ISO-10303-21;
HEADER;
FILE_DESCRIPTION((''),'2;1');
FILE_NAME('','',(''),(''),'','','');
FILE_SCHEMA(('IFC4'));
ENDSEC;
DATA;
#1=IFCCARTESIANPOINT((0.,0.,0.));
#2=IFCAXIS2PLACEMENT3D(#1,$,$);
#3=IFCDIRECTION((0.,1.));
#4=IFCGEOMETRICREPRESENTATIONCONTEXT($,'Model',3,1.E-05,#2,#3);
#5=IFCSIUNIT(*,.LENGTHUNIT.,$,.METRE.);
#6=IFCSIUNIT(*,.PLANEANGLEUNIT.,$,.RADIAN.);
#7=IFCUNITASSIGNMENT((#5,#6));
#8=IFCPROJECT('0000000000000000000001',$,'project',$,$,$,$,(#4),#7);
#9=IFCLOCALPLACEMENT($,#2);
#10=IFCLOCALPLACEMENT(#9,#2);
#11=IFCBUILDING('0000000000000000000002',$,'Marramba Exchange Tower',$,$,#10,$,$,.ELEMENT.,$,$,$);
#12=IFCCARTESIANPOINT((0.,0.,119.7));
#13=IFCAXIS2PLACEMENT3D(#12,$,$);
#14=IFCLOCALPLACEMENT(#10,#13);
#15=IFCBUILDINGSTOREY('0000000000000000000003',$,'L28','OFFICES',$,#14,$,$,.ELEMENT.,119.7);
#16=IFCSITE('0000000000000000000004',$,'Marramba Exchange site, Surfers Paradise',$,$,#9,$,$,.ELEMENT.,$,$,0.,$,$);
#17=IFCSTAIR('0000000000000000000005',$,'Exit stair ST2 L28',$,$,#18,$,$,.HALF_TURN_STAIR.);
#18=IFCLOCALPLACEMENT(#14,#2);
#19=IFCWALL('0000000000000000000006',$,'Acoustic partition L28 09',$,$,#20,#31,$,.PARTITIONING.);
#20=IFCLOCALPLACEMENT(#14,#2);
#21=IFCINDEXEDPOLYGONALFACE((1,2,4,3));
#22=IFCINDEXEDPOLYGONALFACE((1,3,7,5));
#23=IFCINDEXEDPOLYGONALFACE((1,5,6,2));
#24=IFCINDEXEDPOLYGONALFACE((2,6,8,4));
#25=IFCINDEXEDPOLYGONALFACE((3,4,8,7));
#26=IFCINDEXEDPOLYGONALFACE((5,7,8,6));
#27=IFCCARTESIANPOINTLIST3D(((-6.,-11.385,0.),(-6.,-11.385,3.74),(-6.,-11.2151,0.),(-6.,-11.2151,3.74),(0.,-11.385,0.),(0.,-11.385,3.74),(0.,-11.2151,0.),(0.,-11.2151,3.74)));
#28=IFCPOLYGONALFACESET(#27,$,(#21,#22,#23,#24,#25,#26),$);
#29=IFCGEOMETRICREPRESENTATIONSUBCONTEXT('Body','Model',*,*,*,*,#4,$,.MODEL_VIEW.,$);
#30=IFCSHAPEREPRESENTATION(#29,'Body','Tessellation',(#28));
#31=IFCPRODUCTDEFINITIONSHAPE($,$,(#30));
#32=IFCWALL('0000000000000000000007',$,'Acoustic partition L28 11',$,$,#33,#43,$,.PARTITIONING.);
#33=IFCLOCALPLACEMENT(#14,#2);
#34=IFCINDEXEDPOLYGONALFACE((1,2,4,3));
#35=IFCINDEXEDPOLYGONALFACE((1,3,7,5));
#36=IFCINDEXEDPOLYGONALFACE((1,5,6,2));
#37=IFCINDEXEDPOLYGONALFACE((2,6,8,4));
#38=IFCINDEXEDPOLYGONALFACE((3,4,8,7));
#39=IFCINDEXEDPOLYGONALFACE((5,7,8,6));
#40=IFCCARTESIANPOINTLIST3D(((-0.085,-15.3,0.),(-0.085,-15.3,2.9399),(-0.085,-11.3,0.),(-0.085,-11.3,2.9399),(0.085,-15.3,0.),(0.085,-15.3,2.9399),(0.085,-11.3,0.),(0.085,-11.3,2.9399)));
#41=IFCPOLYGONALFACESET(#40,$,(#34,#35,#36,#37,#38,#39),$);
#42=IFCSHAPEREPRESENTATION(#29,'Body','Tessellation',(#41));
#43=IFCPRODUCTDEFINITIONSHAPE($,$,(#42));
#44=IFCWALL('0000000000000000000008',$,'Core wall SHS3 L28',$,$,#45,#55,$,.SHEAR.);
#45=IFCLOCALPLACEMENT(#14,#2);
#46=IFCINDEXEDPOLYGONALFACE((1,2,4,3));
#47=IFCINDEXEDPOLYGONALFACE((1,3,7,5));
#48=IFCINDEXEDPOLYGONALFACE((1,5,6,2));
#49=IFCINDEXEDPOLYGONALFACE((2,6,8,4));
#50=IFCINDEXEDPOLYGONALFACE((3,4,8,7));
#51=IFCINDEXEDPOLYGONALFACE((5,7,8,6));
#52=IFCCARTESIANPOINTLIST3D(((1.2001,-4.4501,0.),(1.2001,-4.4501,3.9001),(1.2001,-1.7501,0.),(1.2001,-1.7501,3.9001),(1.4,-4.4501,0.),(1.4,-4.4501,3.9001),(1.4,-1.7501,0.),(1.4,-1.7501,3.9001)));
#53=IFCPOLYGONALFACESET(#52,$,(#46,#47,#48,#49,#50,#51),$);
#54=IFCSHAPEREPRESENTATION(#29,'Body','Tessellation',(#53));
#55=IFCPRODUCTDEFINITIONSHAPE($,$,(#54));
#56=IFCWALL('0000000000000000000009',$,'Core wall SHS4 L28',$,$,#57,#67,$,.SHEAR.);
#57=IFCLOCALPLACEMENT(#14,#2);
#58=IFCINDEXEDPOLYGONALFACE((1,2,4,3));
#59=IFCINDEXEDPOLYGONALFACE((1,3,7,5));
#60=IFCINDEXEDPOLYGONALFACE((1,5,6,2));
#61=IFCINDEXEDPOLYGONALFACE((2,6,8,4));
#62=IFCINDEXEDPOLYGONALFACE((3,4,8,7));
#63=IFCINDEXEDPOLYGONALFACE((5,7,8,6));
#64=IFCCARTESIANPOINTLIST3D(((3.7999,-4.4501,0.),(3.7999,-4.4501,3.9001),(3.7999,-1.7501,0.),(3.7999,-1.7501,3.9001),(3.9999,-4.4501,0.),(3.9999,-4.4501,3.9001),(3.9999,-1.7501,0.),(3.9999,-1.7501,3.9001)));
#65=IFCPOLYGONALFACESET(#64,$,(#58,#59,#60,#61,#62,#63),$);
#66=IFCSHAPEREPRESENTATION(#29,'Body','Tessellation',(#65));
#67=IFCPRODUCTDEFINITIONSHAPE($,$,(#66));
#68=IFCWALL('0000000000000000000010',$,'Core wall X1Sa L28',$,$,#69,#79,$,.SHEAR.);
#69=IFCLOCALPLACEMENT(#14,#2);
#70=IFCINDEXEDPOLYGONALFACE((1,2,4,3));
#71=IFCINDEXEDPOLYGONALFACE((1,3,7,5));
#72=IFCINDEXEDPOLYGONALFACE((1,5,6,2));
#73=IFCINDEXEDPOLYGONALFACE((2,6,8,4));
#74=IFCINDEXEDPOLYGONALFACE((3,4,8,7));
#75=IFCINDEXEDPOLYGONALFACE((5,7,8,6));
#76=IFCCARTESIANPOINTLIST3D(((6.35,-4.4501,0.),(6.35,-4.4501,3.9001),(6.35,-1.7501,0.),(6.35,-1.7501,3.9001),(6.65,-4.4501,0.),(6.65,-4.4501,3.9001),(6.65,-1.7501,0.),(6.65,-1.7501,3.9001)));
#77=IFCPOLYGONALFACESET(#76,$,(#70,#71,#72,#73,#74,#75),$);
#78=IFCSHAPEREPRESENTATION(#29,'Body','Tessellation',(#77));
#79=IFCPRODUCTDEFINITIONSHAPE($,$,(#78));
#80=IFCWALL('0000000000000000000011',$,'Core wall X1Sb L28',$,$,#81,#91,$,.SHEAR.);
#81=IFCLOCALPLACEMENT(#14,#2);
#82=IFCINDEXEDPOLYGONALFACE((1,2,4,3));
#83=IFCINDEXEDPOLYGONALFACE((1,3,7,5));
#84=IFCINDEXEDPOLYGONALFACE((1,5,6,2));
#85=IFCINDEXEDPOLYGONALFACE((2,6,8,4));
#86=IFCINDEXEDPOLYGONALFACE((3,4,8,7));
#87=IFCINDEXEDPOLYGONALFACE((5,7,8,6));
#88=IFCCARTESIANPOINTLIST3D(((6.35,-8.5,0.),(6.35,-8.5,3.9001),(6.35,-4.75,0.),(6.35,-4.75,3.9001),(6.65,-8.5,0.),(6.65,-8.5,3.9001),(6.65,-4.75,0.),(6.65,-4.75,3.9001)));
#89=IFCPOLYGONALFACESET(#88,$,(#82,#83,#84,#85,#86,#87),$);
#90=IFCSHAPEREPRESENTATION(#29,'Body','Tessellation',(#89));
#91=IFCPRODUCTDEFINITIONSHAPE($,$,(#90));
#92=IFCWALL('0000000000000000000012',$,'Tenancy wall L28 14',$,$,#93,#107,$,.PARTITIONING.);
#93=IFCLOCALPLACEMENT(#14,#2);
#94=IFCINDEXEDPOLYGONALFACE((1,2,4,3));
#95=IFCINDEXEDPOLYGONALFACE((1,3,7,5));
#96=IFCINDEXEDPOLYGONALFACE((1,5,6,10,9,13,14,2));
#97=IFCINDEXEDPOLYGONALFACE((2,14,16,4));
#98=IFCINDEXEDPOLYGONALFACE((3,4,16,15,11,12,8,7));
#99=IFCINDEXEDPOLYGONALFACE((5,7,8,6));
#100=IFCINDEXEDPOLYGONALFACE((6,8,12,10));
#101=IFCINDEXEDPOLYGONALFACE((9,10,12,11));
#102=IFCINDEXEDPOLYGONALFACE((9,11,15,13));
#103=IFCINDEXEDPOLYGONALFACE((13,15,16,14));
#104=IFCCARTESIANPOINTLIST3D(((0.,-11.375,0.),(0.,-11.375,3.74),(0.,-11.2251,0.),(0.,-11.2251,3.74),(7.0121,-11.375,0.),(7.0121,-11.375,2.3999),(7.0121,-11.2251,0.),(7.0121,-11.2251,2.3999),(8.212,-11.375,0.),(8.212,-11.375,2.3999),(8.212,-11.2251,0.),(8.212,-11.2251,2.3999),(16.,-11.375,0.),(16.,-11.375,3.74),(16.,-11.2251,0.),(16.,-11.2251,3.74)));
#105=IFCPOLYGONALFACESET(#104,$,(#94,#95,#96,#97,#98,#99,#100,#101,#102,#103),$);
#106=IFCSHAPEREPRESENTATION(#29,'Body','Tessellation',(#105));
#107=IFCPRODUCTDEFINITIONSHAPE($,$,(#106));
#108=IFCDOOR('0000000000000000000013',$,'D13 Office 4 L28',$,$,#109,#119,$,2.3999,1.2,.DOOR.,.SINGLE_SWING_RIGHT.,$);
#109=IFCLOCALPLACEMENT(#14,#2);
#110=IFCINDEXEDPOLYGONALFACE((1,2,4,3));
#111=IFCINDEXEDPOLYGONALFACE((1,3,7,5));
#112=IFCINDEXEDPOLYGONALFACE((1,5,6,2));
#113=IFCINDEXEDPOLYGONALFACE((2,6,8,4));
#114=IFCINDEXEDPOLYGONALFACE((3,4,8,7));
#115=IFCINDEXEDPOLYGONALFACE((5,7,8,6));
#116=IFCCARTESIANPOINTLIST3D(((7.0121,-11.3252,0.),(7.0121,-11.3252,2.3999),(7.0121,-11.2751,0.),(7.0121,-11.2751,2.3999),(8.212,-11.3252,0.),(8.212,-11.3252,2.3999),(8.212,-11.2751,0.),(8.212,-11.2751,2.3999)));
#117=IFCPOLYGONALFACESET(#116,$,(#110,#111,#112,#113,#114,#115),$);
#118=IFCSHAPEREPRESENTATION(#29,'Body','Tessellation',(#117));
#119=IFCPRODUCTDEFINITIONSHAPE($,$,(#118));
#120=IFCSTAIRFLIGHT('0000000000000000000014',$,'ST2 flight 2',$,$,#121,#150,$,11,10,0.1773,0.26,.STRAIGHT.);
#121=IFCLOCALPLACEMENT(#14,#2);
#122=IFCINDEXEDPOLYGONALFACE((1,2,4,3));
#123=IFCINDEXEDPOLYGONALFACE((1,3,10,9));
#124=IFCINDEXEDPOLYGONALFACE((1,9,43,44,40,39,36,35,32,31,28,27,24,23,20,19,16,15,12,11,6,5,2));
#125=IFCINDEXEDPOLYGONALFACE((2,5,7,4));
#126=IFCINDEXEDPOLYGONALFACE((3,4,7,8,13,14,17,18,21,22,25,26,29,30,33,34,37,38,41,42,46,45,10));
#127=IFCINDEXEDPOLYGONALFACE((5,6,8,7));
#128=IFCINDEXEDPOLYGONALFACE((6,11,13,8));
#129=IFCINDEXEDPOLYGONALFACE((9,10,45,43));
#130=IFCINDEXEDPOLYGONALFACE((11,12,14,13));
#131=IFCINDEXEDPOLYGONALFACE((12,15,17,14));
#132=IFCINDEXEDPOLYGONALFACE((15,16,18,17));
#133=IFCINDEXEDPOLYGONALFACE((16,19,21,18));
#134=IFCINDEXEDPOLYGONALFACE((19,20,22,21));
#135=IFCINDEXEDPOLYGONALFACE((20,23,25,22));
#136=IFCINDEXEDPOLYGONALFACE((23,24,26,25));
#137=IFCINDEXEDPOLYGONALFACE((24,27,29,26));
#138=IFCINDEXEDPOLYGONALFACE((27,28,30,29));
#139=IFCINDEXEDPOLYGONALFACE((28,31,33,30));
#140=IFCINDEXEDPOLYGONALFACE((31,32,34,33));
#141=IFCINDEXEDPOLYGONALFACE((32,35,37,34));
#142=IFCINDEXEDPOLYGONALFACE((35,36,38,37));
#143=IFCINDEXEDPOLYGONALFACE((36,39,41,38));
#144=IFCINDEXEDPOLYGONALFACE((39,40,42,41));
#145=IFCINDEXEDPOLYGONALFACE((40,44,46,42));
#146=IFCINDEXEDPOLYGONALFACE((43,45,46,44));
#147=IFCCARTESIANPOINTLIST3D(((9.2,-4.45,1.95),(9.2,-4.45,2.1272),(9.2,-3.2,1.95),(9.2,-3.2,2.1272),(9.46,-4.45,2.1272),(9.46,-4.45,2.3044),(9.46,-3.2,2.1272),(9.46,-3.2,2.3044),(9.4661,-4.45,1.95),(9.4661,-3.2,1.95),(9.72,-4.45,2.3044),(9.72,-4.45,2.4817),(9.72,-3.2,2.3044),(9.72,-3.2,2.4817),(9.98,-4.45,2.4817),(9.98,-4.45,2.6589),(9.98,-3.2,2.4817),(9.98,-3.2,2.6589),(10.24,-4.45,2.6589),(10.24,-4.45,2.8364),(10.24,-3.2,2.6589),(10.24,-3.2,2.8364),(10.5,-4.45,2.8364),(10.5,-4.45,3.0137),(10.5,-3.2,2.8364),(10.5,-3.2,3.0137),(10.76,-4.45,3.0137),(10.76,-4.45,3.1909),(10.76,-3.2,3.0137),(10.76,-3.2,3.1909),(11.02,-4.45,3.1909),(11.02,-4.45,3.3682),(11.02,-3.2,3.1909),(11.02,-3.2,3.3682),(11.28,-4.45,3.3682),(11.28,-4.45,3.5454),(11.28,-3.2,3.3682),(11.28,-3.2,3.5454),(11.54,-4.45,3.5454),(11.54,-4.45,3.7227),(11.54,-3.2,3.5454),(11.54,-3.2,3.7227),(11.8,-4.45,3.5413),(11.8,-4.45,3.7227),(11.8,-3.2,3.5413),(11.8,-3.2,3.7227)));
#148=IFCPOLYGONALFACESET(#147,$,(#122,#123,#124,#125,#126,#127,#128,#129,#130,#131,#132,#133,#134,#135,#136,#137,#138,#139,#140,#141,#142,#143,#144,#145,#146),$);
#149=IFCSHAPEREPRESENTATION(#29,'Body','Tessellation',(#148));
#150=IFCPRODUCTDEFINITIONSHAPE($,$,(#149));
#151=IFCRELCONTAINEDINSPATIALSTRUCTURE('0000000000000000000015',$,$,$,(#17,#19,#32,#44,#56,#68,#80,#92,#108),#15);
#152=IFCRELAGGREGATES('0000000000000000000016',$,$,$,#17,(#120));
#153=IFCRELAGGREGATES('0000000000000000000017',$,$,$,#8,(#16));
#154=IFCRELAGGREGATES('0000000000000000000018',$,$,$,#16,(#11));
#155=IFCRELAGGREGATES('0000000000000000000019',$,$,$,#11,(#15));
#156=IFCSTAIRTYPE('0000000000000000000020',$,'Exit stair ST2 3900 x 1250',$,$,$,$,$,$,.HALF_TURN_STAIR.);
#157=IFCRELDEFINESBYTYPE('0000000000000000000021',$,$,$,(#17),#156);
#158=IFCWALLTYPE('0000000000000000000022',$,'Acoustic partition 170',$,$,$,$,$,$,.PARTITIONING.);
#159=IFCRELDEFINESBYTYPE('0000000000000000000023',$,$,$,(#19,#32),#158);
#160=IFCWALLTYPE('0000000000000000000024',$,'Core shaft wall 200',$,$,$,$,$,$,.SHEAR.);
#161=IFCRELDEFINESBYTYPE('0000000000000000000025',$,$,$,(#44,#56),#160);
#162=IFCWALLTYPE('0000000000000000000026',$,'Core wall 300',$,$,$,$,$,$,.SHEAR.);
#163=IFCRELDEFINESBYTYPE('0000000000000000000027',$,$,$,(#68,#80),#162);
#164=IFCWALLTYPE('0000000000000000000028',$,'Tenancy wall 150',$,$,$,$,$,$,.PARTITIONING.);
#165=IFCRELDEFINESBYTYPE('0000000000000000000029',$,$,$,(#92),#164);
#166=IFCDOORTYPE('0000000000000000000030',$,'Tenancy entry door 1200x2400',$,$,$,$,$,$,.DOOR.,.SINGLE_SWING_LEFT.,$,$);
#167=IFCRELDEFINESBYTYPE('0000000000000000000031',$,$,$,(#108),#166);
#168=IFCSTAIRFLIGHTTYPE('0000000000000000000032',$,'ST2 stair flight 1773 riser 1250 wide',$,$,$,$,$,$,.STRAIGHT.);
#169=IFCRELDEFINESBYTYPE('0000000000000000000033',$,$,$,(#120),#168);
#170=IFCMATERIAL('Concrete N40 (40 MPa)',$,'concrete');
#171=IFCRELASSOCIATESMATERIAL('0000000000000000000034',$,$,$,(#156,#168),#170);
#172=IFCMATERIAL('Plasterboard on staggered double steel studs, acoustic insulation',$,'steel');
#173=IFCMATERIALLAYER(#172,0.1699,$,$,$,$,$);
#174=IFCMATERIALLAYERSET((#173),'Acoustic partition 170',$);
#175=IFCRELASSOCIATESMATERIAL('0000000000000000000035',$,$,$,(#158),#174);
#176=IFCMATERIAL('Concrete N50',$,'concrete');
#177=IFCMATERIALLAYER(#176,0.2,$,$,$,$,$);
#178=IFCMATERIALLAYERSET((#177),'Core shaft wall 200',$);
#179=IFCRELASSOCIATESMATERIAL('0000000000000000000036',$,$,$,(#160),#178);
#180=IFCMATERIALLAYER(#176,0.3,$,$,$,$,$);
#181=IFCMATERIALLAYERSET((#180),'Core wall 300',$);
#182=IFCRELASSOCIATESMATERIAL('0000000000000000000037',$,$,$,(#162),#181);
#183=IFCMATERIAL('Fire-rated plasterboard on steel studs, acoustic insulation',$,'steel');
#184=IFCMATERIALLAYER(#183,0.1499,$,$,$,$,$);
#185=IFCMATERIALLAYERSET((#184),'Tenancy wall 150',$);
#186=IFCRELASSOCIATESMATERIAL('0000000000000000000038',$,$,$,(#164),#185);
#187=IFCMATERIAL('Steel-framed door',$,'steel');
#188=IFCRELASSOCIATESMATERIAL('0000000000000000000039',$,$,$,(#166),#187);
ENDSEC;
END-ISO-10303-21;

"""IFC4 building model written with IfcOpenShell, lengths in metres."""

from ifc_helpers import new_model, si_unit, direction, frame, frame_2d, origin, place, context, subcontext, project, spatial, polyline, rectangle, outline, extrude, material, layer, layer_set, type_object, element, fill, aggregate, save


model = new_model("IFC4")

# Units and contexts
model_context = context("Model", 3, precision=1e-05, world=origin(), true_north=direction((0.0, 1.0)))
body_context = subcontext(model_context, "Body", "Model", "MODEL_VIEW")
ifc_project = project(units=[si_unit("LENGTHUNIT", "METRE"), si_unit("PLANEANGLEUNIT", "RADIAN")], contexts=[model_context])

# Site, building, storey
site_placement = place(None, origin())
site = spatial("IfcSite", under=ifc_project, at=site_placement, Name="Marramba Exchange site, Surfers Paradise", CompositionType="ELEMENT", RefElevation=0.0)
building_placement = place(site_placement, origin())
building = spatial("IfcBuilding", under=site, at=building_placement, Name="Marramba Exchange Tower", CompositionType="ELEMENT")
storey_placement = place(building_placement, frame((0.0, 0.0, 119.7)))
storey = spatial("IfcBuildingStorey", under=building, at=storey_placement, Name="L28", Description="OFFICES", CompositionType="ELEMENT", Elevation=119.7)

# Stair
ifc_material_1 = material(Name="Concrete N40 (40 MPa)", Category="concrete")
stair_type_1 = type_object("IfcStairType", Name="Exit stair ST2 3900 x 1250", PredefinedType="HALF_TURN_STAIR", material=ifc_material_1)
stair_1_placement = place(storey_placement, origin())
stair_1 = element("IfcStair", 1, at=stair_1_placement, inside=storey, type_object=stair_type_1, Name="Exit stair ST2 L28", PredefinedType="HALF_TURN_STAIR")

# Walls
ifc_material_2 = material(Name="Plasterboard on staggered double steel studs, acoustic insulation", Category="steel")
ifc_layer_1 = layer(ifc_material_2, 0.1699)
ifc_layer_set_1 = layer_set([ifc_layer_1], Name="Acoustic partition 170")
wall_type_1 = type_object("IfcWallType", Name="Acoustic partition 170", PredefinedType="PARTITIONING", material=ifc_layer_set_1)
wall_1_placement = place(storey_placement, frame((0.0, -11.3, 0.0), z_axis=(0.0, 0.0, 1.0), x_axis=(-1.0, 0.0, 0.0)))
element("IfcWall", 2, at=wall_1_placement, inside=storey, type_object=wall_type_1, Name="Acoustic partition L28 09", PredefinedType="PARTITIONING", context=body_context, shape_type="SweptSolid", body=[
    extrude(rectangle(XDim=6.0, YDim=0.1699, at=frame_2d((3.0, 0.0))), origin(), (0.0, 0.0, 1.0), 3.74),
])
wall_2_placement = place(storey_placement, frame((0.0, -11.3, 0.0), z_axis=(0.0, 0.0, 1.0), x_axis=(0.0, -1.0, 0.0)))
element("IfcWall", 3, at=wall_2_placement, inside=storey, type_object=wall_type_1, Name="Acoustic partition L28 11", PredefinedType="PARTITIONING", context=body_context, shape_type="SweptSolid", body=[
    extrude(rectangle(XDim=4.0, YDim=0.1699, at=frame_2d((2.0, 0.0))), origin(), (0.0, 0.0, 1.0), 2.9399),
])
ifc_material_3 = material(Name="Concrete N50", Category="concrete")
ifc_layer_2 = layer(ifc_material_3, 0.2)
ifc_layer_set_2 = layer_set([ifc_layer_2], Name="Core shaft wall 200")
wall_type_2 = type_object("IfcWallType", Name="Core shaft wall 200", PredefinedType="SHEAR", material=ifc_layer_set_2)
for number, where, z_axis, x_axis, name in (
    (4, (1.3, -1.75, 0.0), (0.0, 0.0, 1.0), (0.0, -1.0, 0.0), "Core wall SHS3 L28"),
    (5, (3.8999, -1.75, 0.0), (0.0, 0.0, 1.0), (0.0, -1.0, 0.0), "Core wall SHS4 L28"),
):
    element("IfcWall", number, at=place(storey_placement, frame(where, z_axis=z_axis, x_axis=x_axis)), inside=storey, type_object=wall_type_2, Name=name, PredefinedType="SHEAR", context=body_context, shape_type="SweptSolid", body=[
        extrude(rectangle(XDim=2.7, YDim=0.2, at=frame_2d((1.3501, 0.0))), origin(), (0.0, 0.0, 1.0), 3.9001),
    ])
ifc_layer_3 = layer(ifc_material_3, 0.3)
ifc_layer_set_3 = layer_set([ifc_layer_3], Name="Core wall 300")
wall_type_3 = type_object("IfcWallType", Name="Core wall 300", PredefinedType="SHEAR", material=ifc_layer_set_3)
wall_3_placement = place(storey_placement, frame((6.5, -1.75, 0.0), z_axis=(0.0, 0.0, 1.0), x_axis=(0.0, -1.0, 0.0)))
element("IfcWall", 6, at=wall_3_placement, inside=storey, type_object=wall_type_3, Name="Core wall X1Sa L28", PredefinedType="SHEAR", context=body_context, shape_type="SweptSolid", body=[
    extrude(rectangle(XDim=2.7, YDim=0.3, at=frame_2d((1.3501, 0.0))), origin(), (0.0, 0.0, 1.0), 3.9001),
])
wall_4_placement = place(storey_placement, frame((6.5, -4.75, 0.0), z_axis=(0.0, 0.0, 1.0), x_axis=(0.0, -1.0, 0.0)))
element("IfcWall", 7, at=wall_4_placement, inside=storey, type_object=wall_type_3, Name="Core wall X1Sb L28", PredefinedType="SHEAR", context=body_context, shape_type="SweptSolid", body=[
    extrude(rectangle(XDim=3.75, YDim=0.3, at=frame_2d((1.875, 0.0))), origin(), (0.0, 0.0, 1.0), 3.9001),
])

# Wall, opening, door
ifc_material_4 = material(Name="Fire-rated plasterboard on steel studs, acoustic insulation", Category="steel")
ifc_layer_4 = layer(ifc_material_4, 0.1499)
ifc_layer_set_4 = layer_set([ifc_layer_4], Name="Tenancy wall 150")
wall_type_4 = type_object("IfcWallType", Name="Tenancy wall 150", PredefinedType="PARTITIONING", material=ifc_layer_set_4)
wall_5_placement = place(storey_placement, frame((0.0, -11.3, 0.0), z_axis=(0.0, 0.0, 1.0), x_axis=(1.0, 0.0, 0.0)))
wall_5 = element("IfcWall", 8, at=wall_5_placement, inside=storey, type_object=wall_type_4, Name="Tenancy wall L28 14", PredefinedType="PARTITIONING", context=body_context, shape_type="SweptSolid", body=[
    extrude(rectangle(XDim=16.0, YDim=0.1499, at=frame_2d((8.0, 0.0))), origin(), (0.0, 0.0, 1.0), 3.74),
])
opening_1_placement = place(wall_5_placement, frame((7.012, 0.0, 0.0)))
opening_1 = element("IfcOpeningElement", 9, at=opening_1_placement, cuts=wall_5, PredefinedType="OPENING", context=body_context, shape_type="SweptSolid", body=[
    extrude(rectangle(XDim=1.2, YDim=2.3999, at=frame_2d((0.6001, 1.2))), frame((0.0, 0.085, 0.0), z_axis=(0.0, -1.0, 0.0), x_axis=(1.0, 0.0, 0.0)), (0.0, 0.0, 1.0), 0.1699),
])
ifc_material_5 = material(Name="Steel-framed door", Category="steel")
door_type_1 = type_object("IfcDoorType", Name="Tenancy entry door 1200x2400", OperationType="SINGLE_SWING_LEFT", PredefinedType="DOOR", material=ifc_material_5)
door_1_placement = place(opening_1_placement, origin())
door_1 = element("IfcDoor", 10, at=door_1_placement, inside=storey, type_object=door_type_1, Name="D13 Office 4 L28", OperationType="SINGLE_SWING_RIGHT", OverallHeight=2.3999, OverallWidth=1.2, PredefinedType="DOOR", context=body_context, shape_type="SweptSolid", body=[
    extrude(rectangle(XDim=1.2, YDim=2.3999, at=frame_2d((0.6001, 1.2))), frame((0.0, 0.0249, 0.0), z_axis=(0.0, -1.0, 0.0), x_axis=(1.0, 0.0, 0.0)), (0.0, 0.0, 1.0), 0.05),
])
fill(opening_1, door_1)

# Stair flight
stair_flight_type = type_object("IfcStairFlightType", Name="ST2 stair flight 1773 riser 1250 wide", PredefinedType="STRAIGHT", material=ifc_material_1)
stair_flight_placement = place(storey_placement, frame((9.2, -3.825, 1.95), z_axis=(0.0, 0.0, 1.0), x_axis=(1.0, 0.0, 0.0)))
stair_flight = element("IfcStairFlight", 11, at=stair_flight_placement, type_object=stair_flight_type, Name="ST2 flight 2", NumberOfRisers=11, NumberOfTreads=10, PredefinedType="STRAIGHT", RiserHeight=0.1773, TreadLength=0.26, context=body_context, shape_type="SweptSolid", body=[
    extrude(outline(polyline([(0.0, 0.0), (0.0, 0.1772), (0.26, 0.1772), (0.26, 0.3545), (0.52, 0.3545), (0.52, 0.5317), (0.78, 0.5317), (0.78, 0.709), (1.04, 0.709), (1.04, 0.8865), (1.3, 0.8865), (1.3, 1.0637), (1.5601, 1.0637), (1.5601, 1.241), (1.8201, 1.241), (1.8201, 1.4182), (2.0801, 1.4182), (2.0801, 1.5955), (2.3401, 1.5955), (2.3401, 1.7727), (2.6001, 1.7727), (2.6001, 1.95), (2.6001, 1.5913), (0.2661, 0.0), (0.0, 0.0)])), frame((0.0, 0.625, 0.0), z_axis=(0.0, -1.0, 0.0), x_axis=(1.0, 0.0, 0.0)), (0.0, 0.0, 1.0), 1.25),
])
aggregate(stair_1, [stair_flight])

save(model, "model.ifc")
